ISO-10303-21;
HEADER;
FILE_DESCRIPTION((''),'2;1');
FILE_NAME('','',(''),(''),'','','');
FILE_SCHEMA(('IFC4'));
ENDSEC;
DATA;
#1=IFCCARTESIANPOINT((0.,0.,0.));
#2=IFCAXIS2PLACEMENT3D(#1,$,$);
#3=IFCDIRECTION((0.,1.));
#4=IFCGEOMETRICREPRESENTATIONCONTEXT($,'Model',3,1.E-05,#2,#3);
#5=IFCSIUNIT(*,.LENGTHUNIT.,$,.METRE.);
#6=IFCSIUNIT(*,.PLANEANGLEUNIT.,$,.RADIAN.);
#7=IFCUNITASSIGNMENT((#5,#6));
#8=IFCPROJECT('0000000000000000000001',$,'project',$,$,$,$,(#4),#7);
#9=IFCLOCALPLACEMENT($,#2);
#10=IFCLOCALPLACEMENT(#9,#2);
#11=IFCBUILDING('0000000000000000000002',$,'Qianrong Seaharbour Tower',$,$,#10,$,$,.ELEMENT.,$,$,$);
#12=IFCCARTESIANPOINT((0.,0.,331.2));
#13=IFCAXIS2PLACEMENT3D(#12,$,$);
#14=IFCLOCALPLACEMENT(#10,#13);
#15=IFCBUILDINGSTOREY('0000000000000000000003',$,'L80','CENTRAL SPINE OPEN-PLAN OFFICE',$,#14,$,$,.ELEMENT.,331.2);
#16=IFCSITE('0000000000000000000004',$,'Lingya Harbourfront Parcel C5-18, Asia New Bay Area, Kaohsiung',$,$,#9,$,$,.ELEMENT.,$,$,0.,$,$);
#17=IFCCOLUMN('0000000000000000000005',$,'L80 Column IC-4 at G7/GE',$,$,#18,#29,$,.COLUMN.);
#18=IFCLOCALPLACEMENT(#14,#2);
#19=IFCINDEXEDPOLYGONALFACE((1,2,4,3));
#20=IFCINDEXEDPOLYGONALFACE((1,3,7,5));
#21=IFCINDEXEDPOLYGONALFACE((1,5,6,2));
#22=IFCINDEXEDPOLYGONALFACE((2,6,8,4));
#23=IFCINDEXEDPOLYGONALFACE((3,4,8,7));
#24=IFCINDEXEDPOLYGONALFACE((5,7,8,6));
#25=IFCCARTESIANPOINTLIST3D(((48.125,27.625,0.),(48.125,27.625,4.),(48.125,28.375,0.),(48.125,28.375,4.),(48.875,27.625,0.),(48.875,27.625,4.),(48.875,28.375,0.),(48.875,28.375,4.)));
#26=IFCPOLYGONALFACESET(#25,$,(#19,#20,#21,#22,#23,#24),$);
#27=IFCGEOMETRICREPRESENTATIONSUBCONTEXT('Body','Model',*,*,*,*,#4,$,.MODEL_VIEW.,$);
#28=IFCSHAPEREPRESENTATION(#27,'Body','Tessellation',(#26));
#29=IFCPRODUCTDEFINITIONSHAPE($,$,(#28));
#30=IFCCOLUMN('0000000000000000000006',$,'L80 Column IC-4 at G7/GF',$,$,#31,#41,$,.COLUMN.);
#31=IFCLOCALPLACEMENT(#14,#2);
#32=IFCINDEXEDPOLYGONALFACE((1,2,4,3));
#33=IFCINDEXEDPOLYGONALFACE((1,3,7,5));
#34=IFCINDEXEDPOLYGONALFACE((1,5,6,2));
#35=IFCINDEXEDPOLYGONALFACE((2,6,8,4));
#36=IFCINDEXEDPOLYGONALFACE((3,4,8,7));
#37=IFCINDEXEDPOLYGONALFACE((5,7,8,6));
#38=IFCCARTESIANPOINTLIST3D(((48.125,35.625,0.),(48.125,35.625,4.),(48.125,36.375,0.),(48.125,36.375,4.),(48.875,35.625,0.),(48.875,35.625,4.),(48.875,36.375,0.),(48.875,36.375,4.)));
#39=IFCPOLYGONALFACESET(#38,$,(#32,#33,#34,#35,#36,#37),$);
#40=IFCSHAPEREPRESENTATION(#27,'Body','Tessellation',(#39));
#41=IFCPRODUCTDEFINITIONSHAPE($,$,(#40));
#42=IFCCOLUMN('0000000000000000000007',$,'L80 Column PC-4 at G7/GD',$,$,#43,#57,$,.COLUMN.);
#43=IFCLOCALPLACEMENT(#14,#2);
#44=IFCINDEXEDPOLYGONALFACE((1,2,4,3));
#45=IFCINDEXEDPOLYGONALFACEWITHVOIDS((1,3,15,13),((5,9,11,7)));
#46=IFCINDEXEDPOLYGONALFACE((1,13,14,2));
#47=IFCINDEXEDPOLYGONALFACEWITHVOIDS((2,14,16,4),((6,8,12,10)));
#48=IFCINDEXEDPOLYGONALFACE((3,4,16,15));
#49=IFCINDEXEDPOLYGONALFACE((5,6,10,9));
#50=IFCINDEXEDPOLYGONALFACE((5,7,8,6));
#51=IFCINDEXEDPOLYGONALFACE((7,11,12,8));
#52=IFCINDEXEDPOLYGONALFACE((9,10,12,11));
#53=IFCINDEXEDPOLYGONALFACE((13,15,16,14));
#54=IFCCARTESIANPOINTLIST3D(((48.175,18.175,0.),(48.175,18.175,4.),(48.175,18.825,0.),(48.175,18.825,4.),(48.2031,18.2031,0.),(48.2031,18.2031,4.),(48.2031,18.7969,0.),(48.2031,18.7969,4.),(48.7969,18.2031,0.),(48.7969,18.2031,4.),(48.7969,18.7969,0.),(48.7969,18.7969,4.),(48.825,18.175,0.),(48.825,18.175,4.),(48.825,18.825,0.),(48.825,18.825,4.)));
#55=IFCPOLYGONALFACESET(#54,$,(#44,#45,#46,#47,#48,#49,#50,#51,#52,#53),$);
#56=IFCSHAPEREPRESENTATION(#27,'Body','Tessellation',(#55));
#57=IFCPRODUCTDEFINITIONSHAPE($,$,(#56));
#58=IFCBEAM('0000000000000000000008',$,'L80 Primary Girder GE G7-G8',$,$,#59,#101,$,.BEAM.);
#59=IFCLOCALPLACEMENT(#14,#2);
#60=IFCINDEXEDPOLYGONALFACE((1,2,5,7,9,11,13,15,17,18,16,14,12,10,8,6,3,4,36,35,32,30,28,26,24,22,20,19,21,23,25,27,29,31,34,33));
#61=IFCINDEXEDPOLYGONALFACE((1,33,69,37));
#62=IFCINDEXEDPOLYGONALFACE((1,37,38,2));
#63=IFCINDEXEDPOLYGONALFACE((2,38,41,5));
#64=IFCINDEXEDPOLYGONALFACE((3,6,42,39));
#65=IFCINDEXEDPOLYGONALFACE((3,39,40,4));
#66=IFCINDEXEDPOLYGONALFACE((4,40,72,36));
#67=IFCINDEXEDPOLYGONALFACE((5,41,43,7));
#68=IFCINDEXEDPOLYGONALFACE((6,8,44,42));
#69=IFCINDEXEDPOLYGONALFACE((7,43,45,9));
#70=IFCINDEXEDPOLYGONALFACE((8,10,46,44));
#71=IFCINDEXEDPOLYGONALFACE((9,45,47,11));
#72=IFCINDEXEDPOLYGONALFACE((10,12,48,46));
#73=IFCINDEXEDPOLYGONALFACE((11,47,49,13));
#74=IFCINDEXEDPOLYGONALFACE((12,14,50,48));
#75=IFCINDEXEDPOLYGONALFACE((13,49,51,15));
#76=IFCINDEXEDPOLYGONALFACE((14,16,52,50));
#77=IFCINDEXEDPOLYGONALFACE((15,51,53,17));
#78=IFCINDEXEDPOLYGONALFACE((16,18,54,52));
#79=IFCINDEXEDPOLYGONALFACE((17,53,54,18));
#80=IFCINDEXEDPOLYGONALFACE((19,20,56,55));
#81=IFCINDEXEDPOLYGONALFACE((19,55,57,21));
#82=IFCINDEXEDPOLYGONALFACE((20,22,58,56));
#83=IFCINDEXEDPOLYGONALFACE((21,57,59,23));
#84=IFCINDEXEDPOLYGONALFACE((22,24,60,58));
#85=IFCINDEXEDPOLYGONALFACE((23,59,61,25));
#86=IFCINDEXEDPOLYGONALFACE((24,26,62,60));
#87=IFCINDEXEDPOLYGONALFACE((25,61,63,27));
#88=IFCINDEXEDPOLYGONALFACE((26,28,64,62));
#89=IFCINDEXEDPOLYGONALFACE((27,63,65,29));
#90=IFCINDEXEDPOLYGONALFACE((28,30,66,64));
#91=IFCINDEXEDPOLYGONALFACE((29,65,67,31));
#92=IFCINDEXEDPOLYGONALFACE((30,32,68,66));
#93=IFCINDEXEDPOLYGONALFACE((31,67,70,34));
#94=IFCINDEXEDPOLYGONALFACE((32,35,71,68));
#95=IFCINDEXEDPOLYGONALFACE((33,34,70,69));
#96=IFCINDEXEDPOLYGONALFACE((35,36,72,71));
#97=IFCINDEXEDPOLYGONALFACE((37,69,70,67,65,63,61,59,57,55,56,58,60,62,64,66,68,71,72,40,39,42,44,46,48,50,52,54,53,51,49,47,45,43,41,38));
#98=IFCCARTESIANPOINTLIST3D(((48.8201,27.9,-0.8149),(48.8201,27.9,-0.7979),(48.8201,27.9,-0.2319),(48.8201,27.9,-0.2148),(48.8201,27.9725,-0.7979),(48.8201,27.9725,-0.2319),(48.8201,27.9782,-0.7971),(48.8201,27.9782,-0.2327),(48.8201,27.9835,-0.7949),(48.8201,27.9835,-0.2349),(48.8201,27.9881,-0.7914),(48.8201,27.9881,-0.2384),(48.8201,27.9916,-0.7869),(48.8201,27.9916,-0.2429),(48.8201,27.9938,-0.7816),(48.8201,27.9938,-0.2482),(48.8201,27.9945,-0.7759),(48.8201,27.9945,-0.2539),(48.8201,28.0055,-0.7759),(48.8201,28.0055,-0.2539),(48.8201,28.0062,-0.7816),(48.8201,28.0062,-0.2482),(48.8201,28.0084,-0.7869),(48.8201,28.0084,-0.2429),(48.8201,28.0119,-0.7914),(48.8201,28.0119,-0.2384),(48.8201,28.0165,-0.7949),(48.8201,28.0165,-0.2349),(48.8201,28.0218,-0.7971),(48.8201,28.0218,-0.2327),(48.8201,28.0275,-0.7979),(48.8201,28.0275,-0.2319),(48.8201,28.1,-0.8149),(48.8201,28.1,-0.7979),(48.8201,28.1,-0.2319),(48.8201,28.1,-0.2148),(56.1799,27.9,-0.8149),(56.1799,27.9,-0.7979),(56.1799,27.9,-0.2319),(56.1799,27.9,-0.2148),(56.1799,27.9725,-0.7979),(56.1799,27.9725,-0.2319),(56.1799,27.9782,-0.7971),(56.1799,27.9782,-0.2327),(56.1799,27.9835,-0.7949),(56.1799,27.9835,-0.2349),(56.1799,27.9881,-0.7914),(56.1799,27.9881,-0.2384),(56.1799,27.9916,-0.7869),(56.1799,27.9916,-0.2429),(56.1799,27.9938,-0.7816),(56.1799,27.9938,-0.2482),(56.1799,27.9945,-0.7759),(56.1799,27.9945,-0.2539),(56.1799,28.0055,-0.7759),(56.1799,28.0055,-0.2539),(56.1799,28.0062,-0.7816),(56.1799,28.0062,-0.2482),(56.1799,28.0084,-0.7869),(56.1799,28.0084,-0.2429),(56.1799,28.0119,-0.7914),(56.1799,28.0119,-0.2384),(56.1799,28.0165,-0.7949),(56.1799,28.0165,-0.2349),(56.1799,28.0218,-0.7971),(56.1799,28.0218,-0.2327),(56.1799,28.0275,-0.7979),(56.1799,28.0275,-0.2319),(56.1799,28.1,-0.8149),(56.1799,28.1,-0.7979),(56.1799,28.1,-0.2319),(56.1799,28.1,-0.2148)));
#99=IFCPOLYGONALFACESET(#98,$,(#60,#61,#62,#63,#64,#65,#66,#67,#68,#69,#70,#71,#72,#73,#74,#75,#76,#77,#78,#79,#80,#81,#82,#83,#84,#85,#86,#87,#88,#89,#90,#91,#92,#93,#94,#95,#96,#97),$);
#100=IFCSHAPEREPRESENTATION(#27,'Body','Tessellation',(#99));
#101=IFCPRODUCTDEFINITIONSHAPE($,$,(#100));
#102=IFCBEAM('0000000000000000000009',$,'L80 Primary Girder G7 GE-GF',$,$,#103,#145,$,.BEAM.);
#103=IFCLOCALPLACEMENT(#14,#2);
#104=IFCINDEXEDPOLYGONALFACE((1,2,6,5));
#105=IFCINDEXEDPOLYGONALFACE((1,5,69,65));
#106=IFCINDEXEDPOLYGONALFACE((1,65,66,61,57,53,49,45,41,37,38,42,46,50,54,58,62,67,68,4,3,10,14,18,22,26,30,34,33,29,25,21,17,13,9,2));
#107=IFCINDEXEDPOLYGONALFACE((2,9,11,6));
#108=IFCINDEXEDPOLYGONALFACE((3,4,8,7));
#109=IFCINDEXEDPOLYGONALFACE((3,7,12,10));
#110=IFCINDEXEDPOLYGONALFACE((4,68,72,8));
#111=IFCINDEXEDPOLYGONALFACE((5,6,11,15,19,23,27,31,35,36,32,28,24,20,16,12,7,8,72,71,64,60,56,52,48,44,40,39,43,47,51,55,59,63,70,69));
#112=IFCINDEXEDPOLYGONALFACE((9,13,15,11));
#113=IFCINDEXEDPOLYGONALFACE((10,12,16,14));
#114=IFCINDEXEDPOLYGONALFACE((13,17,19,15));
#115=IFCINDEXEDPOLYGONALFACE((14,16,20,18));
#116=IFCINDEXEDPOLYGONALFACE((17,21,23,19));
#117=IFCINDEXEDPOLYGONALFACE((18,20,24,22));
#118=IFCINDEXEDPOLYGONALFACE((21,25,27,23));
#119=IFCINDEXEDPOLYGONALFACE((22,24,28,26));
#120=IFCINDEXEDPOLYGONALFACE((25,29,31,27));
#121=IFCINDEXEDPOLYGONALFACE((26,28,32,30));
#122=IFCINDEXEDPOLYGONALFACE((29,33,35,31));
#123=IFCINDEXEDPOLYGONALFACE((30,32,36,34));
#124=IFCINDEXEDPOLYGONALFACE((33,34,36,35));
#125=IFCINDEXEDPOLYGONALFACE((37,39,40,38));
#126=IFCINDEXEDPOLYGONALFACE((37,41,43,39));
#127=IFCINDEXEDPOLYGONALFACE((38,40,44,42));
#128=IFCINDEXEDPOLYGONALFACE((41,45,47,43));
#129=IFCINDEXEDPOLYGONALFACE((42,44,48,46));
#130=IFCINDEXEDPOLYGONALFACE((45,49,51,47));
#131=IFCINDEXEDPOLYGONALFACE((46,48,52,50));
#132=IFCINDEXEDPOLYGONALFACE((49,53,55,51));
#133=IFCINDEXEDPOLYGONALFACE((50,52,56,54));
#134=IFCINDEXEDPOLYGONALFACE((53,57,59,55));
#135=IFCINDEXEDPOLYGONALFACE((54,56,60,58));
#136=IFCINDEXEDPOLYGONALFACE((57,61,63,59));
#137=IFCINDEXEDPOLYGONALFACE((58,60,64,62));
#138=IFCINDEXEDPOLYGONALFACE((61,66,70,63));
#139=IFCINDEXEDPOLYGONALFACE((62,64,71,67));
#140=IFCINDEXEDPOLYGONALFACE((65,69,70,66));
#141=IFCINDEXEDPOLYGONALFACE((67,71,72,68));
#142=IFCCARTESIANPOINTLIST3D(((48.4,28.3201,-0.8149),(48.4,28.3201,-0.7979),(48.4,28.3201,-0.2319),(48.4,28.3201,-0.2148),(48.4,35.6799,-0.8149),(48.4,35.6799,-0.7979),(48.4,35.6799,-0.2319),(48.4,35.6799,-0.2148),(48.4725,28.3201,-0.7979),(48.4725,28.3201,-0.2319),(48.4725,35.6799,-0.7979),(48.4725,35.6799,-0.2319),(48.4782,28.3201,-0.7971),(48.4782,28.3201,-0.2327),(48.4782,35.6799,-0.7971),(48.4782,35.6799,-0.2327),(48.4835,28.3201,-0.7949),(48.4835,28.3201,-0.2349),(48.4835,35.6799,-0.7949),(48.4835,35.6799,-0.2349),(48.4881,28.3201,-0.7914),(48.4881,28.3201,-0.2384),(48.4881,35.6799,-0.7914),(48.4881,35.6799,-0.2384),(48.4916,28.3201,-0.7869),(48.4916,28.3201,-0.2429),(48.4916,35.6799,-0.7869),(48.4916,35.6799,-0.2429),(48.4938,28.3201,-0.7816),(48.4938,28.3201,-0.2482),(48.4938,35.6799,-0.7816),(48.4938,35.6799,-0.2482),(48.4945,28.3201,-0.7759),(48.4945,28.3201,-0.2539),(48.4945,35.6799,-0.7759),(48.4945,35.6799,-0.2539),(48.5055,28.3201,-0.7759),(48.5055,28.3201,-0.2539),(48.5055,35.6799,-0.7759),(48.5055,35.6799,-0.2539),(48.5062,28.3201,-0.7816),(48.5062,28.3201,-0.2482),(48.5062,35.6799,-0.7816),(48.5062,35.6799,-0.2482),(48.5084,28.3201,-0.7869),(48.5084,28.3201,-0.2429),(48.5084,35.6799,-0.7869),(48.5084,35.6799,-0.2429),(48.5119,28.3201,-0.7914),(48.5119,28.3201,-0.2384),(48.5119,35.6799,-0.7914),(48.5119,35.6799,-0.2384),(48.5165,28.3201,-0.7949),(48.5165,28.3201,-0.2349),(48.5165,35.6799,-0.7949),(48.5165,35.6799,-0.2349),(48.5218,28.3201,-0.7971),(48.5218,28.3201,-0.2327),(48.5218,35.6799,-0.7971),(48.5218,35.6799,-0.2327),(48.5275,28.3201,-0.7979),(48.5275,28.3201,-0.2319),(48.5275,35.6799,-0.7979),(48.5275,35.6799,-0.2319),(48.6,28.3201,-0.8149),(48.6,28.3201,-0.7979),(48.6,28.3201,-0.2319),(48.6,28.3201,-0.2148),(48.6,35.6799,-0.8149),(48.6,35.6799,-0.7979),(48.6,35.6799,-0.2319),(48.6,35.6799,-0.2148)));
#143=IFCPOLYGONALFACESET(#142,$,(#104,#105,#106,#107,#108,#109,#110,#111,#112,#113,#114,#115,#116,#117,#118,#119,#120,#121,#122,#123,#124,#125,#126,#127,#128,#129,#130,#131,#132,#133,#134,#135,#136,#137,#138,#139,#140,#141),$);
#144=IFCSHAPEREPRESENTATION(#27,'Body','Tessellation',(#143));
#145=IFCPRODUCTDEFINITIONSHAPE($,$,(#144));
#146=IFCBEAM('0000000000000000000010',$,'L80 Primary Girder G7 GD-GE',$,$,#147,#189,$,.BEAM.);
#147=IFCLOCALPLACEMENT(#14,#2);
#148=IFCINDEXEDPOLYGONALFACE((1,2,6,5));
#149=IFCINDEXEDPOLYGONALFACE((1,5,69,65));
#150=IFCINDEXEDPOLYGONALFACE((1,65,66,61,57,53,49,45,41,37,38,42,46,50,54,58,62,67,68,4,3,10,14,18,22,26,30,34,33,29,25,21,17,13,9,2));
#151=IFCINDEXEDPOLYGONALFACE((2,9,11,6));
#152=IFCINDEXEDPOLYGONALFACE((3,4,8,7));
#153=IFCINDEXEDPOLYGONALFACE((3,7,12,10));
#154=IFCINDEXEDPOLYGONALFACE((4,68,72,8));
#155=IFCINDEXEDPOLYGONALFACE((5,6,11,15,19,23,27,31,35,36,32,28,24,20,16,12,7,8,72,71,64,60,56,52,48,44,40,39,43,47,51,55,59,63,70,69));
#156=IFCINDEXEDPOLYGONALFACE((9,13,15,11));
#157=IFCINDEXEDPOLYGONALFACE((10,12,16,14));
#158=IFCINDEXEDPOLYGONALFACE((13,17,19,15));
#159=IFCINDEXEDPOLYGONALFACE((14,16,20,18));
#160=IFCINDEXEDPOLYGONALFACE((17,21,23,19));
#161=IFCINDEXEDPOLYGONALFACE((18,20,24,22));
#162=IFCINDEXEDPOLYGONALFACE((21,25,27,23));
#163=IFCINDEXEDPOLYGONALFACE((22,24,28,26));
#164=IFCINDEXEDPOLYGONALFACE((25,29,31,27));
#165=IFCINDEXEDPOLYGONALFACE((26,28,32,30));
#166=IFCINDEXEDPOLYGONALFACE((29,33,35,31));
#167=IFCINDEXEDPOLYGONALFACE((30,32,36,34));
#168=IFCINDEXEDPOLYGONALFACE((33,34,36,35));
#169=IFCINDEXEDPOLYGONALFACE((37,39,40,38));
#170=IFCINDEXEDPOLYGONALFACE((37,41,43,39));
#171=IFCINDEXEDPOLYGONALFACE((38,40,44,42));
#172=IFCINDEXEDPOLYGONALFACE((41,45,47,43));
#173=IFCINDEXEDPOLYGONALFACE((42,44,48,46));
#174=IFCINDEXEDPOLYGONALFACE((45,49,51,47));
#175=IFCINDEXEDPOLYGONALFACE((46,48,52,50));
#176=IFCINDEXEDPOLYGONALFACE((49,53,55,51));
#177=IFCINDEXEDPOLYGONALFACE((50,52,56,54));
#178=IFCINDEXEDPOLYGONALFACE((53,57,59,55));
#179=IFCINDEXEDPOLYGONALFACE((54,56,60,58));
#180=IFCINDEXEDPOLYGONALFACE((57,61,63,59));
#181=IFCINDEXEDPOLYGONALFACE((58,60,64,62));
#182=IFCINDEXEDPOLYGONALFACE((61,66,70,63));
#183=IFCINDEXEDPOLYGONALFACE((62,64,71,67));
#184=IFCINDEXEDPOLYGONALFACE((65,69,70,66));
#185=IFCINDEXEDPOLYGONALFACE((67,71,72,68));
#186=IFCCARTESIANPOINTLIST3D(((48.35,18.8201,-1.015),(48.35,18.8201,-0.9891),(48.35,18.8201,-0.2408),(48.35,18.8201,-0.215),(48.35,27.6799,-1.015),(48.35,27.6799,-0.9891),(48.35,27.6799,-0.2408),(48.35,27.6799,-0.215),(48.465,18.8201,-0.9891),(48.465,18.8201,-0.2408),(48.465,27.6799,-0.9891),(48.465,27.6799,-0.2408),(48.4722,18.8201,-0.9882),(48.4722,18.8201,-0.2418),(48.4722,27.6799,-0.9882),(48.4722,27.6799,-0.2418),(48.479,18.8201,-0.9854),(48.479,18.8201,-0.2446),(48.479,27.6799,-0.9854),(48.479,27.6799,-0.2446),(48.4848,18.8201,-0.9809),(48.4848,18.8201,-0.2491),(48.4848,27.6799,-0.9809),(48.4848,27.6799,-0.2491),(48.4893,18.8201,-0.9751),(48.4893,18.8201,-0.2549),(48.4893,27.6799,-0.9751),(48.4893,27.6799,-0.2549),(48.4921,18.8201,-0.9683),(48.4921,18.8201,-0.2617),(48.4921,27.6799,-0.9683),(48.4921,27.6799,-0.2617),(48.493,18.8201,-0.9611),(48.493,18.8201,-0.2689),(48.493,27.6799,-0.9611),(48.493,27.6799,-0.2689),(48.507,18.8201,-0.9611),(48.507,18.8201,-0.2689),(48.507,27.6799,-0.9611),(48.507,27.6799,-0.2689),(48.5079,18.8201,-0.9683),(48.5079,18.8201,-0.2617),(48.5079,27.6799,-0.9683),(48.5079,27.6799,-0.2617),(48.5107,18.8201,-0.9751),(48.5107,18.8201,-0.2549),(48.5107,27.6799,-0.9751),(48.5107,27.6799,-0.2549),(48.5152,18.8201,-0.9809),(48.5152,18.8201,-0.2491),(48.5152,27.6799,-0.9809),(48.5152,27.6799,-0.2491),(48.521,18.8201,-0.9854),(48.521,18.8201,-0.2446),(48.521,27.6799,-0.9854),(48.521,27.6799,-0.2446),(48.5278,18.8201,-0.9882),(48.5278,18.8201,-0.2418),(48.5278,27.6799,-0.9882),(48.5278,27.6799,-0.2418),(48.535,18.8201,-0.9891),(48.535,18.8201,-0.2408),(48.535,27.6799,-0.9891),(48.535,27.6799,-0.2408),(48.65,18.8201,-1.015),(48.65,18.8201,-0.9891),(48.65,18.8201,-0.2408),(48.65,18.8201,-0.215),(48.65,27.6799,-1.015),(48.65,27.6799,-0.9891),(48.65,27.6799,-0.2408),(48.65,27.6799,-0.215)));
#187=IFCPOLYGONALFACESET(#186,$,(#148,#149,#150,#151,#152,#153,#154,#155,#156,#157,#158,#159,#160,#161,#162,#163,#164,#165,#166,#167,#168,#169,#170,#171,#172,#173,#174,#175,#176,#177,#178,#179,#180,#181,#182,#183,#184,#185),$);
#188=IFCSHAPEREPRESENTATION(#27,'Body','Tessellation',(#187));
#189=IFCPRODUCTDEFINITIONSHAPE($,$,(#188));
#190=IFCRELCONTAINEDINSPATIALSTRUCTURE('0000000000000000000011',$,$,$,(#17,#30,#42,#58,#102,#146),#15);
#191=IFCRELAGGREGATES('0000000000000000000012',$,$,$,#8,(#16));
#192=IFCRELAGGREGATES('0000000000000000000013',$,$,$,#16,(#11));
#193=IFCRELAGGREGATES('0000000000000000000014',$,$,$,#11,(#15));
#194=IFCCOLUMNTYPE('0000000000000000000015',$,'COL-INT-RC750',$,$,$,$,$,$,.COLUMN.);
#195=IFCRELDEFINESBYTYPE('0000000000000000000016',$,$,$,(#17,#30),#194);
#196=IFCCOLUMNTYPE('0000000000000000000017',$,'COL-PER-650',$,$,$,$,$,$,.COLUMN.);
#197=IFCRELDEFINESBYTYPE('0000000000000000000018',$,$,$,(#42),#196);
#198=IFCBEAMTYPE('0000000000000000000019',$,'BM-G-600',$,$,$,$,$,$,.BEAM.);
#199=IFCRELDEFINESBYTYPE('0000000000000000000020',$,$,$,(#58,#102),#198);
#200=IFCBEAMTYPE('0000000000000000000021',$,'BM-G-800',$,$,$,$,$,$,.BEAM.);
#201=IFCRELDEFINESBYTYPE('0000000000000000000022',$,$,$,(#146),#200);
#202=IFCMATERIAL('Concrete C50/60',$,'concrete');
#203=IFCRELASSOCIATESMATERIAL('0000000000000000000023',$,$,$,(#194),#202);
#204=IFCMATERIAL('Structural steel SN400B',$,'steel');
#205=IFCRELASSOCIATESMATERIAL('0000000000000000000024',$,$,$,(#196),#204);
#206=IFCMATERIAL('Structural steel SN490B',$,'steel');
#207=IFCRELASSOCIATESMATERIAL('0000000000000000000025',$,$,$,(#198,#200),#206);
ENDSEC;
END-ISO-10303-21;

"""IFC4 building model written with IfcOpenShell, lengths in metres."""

from ifc_helpers import new_model, si_unit, direction, frame, origin, origin_2d, place, context, subcontext, project, spatial, rectangle, hollow_rectangle, i_section, extrude, material, material_profile, profile_set, type_object, element, save


model = new_model("IFC4")

# Units and contexts
model_context = context("Model", 3, precision=1e-05, world=origin(), true_north=direction((0.0, 1.0)))
body_context = subcontext(model_context, "Body", "Model", "MODEL_VIEW")
ifc_project = project(units=[si_unit("LENGTHUNIT", "METRE"), si_unit("PLANEANGLEUNIT", "RADIAN")], contexts=[model_context])

# Site, building, storey
site_placement = place(None, origin())
site = spatial("IfcSite", under=ifc_project, at=site_placement, Name="Lingya Harbourfront Parcel C5-18, Asia New Bay Area, Kaohsiung", CompositionType="ELEMENT", RefElevation=0.0)
building_placement = place(site_placement, origin())
building = spatial("IfcBuilding", under=site, at=building_placement, Name="Qianrong Seaharbour Tower", CompositionType="ELEMENT")
storey_placement = place(building_placement, frame((0.0, 0.0, 331.2)))
storey = spatial("IfcBuildingStorey", under=building, at=storey_placement, Name="L80", Description="CENTRAL SPINE OPEN-PLAN OFFICE", CompositionType="ELEMENT", Elevation=331.2)

# Columns
ifc_material_1 = material(Name="Concrete C50/60", Category="concrete")
ifc_material_profile_1 = material_profile(ifc_material_1, rectangle(XDim=0.75, YDim=0.75, at=origin_2d()), Name="RC750x750")
ifc_profile_set_1 = profile_set([ifc_material_profile_1], Name="Concrete C50/60")
column_type_1 = type_object("IfcColumnType", Name="COL-INT-RC750", PredefinedType="COLUMN", material=ifc_profile_set_1)
for number, where, z_axis, x_axis, name in (
    (1, (48.5, 28.0, 0.0), (0.0, 0.0, 1.0), (1.0, 0.0, 0.0), "L80 Column IC-4 at G7/GE"),
    (2, (48.5, 36.0, 0.0), (0.0, 0.0, 1.0), (1.0, 0.0, 0.0), "L80 Column IC-4 at G7/GF"),
):
    element("IfcColumn", number, at=place(storey_placement, frame(where, z_axis=z_axis, x_axis=x_axis)), inside=storey, type_object=column_type_1, Name=name, PredefinedType="COLUMN", context=body_context, shape_type="SweptSolid", body=[
        extrude(rectangle(XDim=0.75, YDim=0.75, at=origin_2d()), origin(), (0.0, 0.0, 1.0), 4.0),
    ])
ifc_material_2 = material(Name="Structural steel SN400B", Category="steel")
ifc_material_profile_2 = material_profile(ifc_material_2, hollow_rectangle(XDim=0.6499, YDim=0.6499, WallThickness=0.0281, at=origin_2d()), Name="BOX650x650x28")
ifc_profile_set_2 = profile_set([ifc_material_profile_2], Name="Structural steel SN400B")
column_type_2 = type_object("IfcColumnType", Name="COL-PER-650", PredefinedType="COLUMN", material=ifc_profile_set_2)
column_placement = place(storey_placement, frame((48.5, 18.5, 0.0), z_axis=(0.0, 0.0, 1.0), x_axis=(1.0, 0.0, 0.0)))
element("IfcColumn", 3, at=column_placement, inside=storey, type_object=column_type_2, Name="L80 Column PC-4 at G7/GD", PredefinedType="COLUMN", context=body_context, shape_type="SweptSolid", body=[
    extrude(hollow_rectangle(XDim=0.6499, YDim=0.6499, WallThickness=0.0281, at=origin_2d()), origin(), (0.0, 0.0, 1.0), 4.0),
])

# Beams
ifc_material_3 = material(Name="Structural steel SN490B", Category="steel")
ifc_material_profile_3 = material_profile(ifc_material_3, i_section(OverallWidth=0.2, OverallDepth=0.6001, WebThickness=0.011, FlangeThickness=0.0171, FilletRadius=0.022, at=origin_2d()), Name="H600x200x11x17")
ifc_profile_set_3 = profile_set([ifc_material_profile_3], Name="Structural steel SN490B")
beam_type_1 = type_object("IfcBeamType", Name="BM-G-600", PredefinedType="BEAM", material=ifc_profile_set_3)
for number, where, z_axis, x_axis, name in (
    (4, (48.8201, 28.0, -0.5149), (1.0, 0.0, 0.0), (0.0, 1.0, 0.0), "L80 Primary Girder GE G7-G8"),
    (5, (48.5, 28.3201, -0.5149), (0.0, 1.0, 0.0), (-1.0, 0.0, 0.0), "L80 Primary Girder G7 GE-GF"),
):
    element("IfcBeam", number, at=place(storey_placement, frame(where, z_axis=z_axis, x_axis=x_axis)), inside=storey, type_object=beam_type_1, Name=name, PredefinedType="BEAM", context=body_context, shape_type="SweptSolid", body=[
        extrude(i_section(OverallWidth=0.2, OverallDepth=0.6001, WebThickness=0.011, FlangeThickness=0.0171, FilletRadius=0.022, at=origin_2d()), origin(), (0.0, 0.0, 1.0), 7.3599),
    ])
ifc_material_profile_4 = material_profile(ifc_material_3, i_section(OverallWidth=0.3, OverallDepth=0.8, WebThickness=0.0139, FlangeThickness=0.0259, FilletRadius=0.0281, at=origin_2d()), Name="H800x300x14x26")
ifc_profile_set_4 = profile_set([ifc_material_profile_4], Name="Structural steel SN490B")
beam_type_2 = type_object("IfcBeamType", Name="BM-G-800", PredefinedType="BEAM", material=ifc_profile_set_4)
beam_1_placement = place(storey_placement, frame((48.5, 18.8201, -0.615), z_axis=(0.0, 1.0, 0.0), x_axis=(-1.0, 0.0, 0.0)))
element("IfcBeam", 6, at=beam_1_placement, inside=storey, type_object=beam_type_2, Name="L80 Primary Girder G7 GD-GE", PredefinedType="BEAM", context=body_context, shape_type="SweptSolid", body=[
    extrude(i_section(OverallWidth=0.3, OverallDepth=0.8, WebThickness=0.0139, FlangeThickness=0.0259, FilletRadius=0.0281, at=origin_2d()), origin(), (0.0, 0.0, 1.0), 8.8599),
])

save(model, "model.ifc")
